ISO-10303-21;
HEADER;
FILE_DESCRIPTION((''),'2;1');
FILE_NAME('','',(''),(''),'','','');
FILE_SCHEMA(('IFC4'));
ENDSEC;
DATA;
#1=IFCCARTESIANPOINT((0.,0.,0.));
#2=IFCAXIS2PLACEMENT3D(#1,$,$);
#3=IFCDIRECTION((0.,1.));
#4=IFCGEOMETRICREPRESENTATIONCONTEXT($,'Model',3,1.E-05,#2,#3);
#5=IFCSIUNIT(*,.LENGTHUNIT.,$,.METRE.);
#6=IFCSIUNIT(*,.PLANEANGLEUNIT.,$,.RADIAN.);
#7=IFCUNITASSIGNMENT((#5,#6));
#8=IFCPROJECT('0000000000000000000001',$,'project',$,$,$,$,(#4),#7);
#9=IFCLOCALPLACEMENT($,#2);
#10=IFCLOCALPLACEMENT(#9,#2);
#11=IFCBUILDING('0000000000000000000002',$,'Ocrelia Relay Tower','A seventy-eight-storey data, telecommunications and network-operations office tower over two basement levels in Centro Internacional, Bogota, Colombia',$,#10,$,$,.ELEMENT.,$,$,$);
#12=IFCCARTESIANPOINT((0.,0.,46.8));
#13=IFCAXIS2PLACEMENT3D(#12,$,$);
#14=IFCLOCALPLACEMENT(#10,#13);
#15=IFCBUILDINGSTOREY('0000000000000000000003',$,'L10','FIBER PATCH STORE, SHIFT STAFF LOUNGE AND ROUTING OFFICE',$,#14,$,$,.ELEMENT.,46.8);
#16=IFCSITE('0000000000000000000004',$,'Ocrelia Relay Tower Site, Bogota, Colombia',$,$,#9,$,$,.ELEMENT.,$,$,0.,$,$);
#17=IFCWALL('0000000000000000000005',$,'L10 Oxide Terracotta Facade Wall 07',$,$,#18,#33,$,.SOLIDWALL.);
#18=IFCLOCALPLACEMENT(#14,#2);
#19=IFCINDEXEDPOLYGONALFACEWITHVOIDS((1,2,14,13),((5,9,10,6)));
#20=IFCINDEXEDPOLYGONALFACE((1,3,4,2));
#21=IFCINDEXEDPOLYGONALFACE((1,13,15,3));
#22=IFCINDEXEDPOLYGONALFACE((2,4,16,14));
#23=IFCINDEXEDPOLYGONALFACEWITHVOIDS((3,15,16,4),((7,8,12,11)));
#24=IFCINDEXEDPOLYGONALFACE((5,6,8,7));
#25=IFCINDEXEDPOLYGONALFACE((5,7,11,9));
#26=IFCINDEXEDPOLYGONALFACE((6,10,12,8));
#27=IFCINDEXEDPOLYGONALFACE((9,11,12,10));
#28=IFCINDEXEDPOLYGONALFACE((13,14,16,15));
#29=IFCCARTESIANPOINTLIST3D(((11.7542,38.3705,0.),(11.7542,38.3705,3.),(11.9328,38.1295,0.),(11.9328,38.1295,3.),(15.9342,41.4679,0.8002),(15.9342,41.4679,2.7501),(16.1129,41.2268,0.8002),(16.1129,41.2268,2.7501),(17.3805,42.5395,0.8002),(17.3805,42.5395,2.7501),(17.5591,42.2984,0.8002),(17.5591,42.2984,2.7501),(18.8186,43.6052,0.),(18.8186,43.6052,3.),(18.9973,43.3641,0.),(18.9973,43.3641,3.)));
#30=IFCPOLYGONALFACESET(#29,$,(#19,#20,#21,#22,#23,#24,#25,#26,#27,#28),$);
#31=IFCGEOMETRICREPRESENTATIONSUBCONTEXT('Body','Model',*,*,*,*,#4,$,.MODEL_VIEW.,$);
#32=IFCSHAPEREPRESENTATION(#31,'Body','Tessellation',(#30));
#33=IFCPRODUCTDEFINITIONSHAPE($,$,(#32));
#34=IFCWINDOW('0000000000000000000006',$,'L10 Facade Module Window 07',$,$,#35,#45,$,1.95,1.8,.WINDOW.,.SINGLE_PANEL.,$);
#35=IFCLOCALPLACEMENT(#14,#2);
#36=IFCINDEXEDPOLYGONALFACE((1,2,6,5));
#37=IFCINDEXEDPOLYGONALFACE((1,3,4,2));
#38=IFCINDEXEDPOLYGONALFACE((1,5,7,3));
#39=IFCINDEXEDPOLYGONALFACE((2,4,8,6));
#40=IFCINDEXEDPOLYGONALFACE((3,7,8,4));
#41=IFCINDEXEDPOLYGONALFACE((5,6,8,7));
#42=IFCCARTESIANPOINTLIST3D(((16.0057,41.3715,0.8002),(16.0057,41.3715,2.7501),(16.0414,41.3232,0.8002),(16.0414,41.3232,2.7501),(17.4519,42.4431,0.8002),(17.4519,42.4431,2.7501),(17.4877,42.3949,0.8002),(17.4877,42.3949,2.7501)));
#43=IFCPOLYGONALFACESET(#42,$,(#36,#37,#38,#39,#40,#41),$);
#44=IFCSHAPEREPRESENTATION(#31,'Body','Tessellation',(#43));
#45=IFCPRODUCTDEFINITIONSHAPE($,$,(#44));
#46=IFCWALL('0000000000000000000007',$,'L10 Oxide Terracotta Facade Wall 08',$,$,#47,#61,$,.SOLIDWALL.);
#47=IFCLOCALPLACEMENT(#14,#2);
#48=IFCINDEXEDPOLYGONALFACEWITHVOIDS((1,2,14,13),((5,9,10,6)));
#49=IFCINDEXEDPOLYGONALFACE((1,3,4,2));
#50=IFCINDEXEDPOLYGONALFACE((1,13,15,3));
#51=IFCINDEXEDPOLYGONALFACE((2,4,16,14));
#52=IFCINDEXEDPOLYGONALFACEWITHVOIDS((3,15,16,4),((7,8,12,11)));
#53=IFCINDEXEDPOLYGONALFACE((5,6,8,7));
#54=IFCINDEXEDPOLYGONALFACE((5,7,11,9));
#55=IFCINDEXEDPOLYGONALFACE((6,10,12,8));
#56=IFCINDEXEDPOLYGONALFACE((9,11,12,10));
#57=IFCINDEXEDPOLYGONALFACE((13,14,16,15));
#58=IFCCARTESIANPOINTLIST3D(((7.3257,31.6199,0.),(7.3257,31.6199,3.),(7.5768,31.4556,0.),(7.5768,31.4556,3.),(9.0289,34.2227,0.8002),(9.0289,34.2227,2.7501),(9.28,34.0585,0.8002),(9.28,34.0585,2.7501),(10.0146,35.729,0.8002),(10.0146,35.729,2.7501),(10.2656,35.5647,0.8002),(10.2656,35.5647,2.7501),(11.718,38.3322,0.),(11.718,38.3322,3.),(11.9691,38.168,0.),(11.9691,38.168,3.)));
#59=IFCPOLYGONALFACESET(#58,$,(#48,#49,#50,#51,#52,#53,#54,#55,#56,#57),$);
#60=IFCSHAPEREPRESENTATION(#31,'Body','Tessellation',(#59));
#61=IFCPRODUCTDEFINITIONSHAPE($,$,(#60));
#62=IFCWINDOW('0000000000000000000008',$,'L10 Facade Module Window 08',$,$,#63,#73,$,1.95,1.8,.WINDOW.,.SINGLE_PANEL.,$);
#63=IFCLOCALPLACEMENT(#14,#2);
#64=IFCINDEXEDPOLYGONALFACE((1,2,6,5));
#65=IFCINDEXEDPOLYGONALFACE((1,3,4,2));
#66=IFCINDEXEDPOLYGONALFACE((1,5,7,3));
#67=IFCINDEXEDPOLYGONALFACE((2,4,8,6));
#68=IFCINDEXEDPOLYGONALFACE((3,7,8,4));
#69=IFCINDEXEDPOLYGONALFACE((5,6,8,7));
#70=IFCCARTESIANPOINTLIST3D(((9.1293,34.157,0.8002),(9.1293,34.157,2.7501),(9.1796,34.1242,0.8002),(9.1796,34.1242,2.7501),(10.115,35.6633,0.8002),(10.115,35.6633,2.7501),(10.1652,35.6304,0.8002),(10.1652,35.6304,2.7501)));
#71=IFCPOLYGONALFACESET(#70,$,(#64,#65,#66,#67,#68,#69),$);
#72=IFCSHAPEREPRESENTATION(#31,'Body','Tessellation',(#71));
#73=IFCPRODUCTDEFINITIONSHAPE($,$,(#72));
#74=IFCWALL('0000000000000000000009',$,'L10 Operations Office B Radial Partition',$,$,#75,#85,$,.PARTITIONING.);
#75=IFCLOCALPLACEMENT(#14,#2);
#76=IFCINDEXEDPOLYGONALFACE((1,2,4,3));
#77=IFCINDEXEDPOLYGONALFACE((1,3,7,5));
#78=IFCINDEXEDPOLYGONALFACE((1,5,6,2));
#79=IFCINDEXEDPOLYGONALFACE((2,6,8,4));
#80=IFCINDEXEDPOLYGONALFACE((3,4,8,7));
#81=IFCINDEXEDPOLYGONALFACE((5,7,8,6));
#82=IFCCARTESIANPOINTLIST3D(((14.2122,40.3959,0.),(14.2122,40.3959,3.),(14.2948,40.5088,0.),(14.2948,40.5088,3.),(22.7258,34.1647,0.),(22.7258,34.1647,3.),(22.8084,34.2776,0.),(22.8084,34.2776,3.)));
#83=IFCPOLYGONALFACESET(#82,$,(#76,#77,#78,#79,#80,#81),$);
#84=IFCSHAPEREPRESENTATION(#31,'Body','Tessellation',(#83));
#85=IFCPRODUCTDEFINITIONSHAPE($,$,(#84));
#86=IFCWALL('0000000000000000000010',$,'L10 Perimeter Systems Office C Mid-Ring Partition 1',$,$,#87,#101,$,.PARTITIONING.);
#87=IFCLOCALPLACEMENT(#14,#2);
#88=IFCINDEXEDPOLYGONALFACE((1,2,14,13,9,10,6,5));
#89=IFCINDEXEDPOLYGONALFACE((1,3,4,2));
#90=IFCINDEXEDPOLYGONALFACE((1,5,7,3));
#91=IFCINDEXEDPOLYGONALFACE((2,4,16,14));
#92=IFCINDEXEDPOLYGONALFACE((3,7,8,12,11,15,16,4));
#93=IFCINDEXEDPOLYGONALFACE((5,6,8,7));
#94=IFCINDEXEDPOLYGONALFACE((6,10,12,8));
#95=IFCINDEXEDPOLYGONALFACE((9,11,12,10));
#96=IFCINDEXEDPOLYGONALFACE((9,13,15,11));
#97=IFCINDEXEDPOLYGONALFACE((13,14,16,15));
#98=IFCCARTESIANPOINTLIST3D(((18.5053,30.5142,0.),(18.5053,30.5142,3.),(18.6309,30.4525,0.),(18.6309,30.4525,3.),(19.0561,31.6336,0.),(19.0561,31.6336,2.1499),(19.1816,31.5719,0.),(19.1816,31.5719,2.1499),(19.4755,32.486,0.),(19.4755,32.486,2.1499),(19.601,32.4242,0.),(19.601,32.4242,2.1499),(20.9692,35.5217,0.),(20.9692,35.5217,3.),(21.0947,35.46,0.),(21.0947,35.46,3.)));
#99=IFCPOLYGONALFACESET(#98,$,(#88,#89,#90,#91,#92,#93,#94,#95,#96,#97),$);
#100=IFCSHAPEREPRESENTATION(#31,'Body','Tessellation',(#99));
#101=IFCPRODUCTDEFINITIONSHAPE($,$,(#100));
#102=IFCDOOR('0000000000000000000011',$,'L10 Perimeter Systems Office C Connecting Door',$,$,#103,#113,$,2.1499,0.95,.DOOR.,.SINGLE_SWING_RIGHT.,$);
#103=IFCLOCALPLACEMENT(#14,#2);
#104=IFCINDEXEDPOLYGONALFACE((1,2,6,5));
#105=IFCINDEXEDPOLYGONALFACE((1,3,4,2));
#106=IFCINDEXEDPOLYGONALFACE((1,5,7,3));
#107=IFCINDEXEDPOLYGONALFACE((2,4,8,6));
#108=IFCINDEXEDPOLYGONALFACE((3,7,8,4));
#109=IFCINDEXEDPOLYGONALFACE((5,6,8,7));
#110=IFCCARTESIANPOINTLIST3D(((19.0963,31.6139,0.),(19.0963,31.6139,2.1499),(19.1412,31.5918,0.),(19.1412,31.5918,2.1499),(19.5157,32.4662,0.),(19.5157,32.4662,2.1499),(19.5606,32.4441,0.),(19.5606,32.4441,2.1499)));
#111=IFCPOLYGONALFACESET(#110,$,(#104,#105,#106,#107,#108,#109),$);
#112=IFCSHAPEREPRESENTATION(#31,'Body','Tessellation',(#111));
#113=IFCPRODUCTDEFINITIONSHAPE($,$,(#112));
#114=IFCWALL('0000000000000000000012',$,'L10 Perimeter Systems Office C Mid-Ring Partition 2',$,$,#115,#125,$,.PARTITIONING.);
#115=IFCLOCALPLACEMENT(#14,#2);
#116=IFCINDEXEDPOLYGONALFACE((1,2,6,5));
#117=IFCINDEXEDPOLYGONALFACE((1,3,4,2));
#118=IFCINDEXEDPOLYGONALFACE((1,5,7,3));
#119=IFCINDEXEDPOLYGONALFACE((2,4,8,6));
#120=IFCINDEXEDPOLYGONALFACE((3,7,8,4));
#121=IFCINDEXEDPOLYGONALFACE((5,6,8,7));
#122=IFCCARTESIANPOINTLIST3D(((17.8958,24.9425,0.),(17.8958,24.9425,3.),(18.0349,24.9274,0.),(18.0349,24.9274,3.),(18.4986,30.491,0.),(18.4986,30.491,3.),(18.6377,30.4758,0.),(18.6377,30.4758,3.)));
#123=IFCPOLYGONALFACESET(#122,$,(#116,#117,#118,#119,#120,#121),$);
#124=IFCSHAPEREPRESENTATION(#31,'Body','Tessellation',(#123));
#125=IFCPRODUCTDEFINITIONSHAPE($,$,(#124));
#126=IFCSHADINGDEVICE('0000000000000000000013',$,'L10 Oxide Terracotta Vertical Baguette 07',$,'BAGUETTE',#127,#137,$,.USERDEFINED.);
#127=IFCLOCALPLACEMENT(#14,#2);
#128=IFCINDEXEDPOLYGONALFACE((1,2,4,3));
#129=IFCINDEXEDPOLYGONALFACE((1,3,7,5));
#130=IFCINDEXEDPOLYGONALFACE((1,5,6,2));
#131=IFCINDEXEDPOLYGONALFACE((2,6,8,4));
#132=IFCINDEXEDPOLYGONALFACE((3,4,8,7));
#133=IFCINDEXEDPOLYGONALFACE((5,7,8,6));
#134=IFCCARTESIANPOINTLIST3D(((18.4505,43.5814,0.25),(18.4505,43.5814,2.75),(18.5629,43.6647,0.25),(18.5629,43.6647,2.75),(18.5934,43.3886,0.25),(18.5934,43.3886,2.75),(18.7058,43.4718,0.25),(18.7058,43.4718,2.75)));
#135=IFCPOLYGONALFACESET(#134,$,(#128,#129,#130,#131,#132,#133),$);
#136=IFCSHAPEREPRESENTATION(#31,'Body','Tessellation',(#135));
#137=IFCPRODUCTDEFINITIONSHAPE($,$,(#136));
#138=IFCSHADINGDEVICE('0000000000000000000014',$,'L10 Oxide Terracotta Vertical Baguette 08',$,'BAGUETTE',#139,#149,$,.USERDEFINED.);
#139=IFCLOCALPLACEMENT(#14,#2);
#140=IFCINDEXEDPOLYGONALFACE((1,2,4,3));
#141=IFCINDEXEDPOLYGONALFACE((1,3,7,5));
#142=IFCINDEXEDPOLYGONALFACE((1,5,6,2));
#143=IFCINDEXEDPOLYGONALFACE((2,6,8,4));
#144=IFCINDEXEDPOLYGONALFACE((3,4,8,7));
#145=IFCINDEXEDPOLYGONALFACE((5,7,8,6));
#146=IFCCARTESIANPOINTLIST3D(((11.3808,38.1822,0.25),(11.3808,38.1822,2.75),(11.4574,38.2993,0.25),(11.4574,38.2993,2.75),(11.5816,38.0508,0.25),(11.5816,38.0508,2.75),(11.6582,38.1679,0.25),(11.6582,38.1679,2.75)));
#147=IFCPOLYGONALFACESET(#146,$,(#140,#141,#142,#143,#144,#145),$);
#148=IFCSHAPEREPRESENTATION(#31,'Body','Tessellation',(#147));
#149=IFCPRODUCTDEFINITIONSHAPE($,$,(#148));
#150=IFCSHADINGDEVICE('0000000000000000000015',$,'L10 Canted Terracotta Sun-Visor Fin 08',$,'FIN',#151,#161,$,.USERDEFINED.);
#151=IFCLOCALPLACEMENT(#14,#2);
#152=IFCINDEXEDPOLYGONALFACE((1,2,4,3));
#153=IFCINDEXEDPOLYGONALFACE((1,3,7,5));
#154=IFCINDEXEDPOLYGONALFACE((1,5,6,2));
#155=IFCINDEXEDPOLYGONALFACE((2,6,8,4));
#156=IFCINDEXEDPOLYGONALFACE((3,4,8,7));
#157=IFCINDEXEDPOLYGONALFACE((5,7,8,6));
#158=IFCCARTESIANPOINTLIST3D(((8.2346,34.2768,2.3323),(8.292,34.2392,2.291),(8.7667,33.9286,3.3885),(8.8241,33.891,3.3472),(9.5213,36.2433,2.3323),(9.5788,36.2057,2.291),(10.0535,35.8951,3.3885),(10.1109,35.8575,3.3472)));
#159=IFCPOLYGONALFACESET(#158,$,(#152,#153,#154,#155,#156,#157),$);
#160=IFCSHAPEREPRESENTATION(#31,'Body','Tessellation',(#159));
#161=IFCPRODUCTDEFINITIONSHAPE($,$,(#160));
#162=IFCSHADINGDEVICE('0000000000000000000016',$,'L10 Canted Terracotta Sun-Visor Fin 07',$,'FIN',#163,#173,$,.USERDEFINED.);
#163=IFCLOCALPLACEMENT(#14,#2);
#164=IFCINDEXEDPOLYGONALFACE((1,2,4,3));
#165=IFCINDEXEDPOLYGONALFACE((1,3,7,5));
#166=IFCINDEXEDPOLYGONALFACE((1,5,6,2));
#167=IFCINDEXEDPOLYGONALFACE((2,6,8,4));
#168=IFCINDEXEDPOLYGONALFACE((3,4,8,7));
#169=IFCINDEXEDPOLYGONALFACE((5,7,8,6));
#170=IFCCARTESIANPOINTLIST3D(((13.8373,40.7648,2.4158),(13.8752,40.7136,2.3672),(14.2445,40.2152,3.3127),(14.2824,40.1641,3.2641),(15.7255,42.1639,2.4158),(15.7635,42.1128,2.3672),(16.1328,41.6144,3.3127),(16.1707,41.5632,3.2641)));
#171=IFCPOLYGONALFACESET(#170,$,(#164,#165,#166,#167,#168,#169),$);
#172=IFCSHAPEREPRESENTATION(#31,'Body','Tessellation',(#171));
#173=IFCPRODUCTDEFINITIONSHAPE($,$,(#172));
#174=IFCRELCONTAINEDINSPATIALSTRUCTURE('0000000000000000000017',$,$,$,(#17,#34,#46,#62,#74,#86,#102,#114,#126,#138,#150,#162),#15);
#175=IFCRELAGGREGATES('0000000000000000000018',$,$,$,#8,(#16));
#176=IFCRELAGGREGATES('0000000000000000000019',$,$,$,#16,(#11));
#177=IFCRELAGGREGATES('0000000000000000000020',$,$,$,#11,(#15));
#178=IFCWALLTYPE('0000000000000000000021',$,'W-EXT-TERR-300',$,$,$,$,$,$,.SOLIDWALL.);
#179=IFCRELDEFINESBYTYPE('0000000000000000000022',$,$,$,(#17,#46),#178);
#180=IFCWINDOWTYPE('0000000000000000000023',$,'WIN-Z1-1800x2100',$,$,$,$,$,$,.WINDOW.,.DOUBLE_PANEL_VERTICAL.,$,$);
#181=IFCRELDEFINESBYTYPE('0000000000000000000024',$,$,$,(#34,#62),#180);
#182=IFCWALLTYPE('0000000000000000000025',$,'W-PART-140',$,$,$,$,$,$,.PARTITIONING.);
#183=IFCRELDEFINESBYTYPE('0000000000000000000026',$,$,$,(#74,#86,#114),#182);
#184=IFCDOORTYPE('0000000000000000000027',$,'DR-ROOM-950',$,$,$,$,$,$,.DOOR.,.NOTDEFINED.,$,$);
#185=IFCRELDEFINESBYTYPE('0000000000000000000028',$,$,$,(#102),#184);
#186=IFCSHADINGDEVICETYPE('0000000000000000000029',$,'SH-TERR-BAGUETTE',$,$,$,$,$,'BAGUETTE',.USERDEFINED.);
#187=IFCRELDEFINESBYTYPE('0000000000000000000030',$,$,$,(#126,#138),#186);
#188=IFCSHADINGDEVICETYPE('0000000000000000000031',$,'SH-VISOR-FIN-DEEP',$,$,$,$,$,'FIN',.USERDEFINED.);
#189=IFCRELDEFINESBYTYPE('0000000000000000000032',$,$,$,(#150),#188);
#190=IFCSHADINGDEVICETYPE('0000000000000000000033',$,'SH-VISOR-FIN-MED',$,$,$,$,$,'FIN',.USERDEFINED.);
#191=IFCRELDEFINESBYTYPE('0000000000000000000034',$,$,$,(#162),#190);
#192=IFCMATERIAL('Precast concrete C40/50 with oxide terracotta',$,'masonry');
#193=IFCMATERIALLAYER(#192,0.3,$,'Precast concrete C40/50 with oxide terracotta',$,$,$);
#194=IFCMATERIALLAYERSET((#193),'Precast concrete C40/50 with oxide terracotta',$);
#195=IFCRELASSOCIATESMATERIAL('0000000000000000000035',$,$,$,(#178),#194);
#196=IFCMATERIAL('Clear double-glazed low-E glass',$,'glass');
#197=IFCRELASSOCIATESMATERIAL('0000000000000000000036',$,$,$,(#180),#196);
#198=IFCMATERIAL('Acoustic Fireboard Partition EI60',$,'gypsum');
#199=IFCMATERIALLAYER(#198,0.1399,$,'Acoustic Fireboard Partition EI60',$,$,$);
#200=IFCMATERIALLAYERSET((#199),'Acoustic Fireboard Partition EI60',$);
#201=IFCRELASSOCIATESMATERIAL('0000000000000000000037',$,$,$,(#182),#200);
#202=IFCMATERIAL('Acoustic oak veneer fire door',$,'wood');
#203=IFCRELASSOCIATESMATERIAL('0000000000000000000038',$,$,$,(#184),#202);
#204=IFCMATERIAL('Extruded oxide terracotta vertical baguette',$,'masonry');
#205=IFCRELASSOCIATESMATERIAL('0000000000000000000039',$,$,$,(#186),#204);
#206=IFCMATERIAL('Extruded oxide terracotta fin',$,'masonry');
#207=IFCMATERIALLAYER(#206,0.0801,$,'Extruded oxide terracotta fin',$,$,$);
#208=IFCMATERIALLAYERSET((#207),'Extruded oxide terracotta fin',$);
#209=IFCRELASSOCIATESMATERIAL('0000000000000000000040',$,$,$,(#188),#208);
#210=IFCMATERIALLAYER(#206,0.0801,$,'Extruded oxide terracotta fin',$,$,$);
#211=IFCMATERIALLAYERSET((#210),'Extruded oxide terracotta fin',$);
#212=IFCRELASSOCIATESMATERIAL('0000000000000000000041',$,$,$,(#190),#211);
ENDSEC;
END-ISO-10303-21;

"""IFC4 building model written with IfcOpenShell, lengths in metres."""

from ifc_helpers import new_model, si_unit, direction, frame, frame_2d, origin, origin_2d, place, context, subcontext, project, spatial, rectangle, extrude, material, layer, layer_set, type_object, element, fill, save


model = new_model("IFC4")

# Units and contexts
model_context = context("Model", 3, precision=1e-05, world=origin(), true_north=direction((0.0, 1.0)))
body_context = subcontext(model_context, "Body", "Model", "MODEL_VIEW")
ifc_project = project(units=[si_unit("LENGTHUNIT", "METRE"), si_unit("PLANEANGLEUNIT", "RADIAN")], contexts=[model_context])

# Site, building, storey
site_placement = place(None, origin())
site = spatial("IfcSite", under=ifc_project, at=site_placement, Name="Ocrelia Relay Tower Site, Bogota, Colombia", CompositionType="ELEMENT", RefElevation=0.0)
building_placement = place(site_placement, origin())
building = spatial("IfcBuilding", under=site, at=building_placement, Name="Ocrelia Relay Tower", Description="A seventy-eight-storey data, telecommunications and network-operations office tower over two basement levels in Centro Internacional, Bogota, Colombia", CompositionType="ELEMENT")
storey_placement = place(building_placement, frame((0.0, 0.0, 46.8)))
storey = spatial("IfcBuildingStorey", under=building, at=storey_placement, Name="L10", Description="FIBER PATCH STORE, SHIFT STAFF LOUNGE AND ROUTING OFFICE", CompositionType="ELEMENT", Elevation=46.8)

# Walls, openings, windows
ifc_material_1 = material(Name="Precast concrete C40/50 with oxide terracotta", Category="masonry")
ifc_layer_1 = layer(ifc_material_1, 0.3, Name="Precast concrete C40/50 with oxide terracotta")
ifc_layer_set_1 = layer_set([ifc_layer_1], Name="Precast concrete C40/50 with oxide terracotta")
wall_type_1 = type_object("IfcWallType", Name="W-EXT-TERR-300", PredefinedType="SOLIDWALL", material=ifc_layer_set_1)
wall_1_placement = place(storey_placement, frame((18.908, 43.4846, 0.0), z_axis=(0.0, 0.0, 1.0), x_axis=(-0.803465, -0.595352, 0.0)))
wall_1 = element("IfcWall", 1, at=wall_1_placement, inside=storey, type_object=wall_type_1, Name="L10 Oxide Terracotta Facade Wall 07", PredefinedType="SOLIDWALL", context=body_context, shape_type="SweptSolid", body=[
    extrude(rectangle(XDim=8.7925, YDim=0.3, at=frame_2d((4.3962, 0.0))), origin(), (0.0, 0.0, 1.0), 3.0),
])
opening_1_placement = place(wall_1_placement, frame((1.79, 0.0, 0.8)))
opening_1 = element("IfcOpeningElement", 2, at=opening_1_placement, cuts=wall_1, PredefinedType="OPENING", context=body_context, shape_type="SweptSolid", body=[
    extrude(rectangle(XDim=1.8, YDim=1.95, at=frame_2d((0.8999, 0.9751))), frame((0.0, 0.1602, 0.0), z_axis=(0.0, -1.0, 0.0), x_axis=(1.0, 0.0, 0.0)), (0.0, 0.0, 1.0), 0.3201),
])
ifc_material_2 = material(Name="Clear double-glazed low-E glass", Category="glass")
window_type = type_object("IfcWindowType", Name="WIN-Z1-1800x2100", PartitioningType="DOUBLE_PANEL_VERTICAL", PredefinedType="WINDOW", material=ifc_material_2)
window_1_placement = place(opening_1_placement, origin())
window_1 = element("IfcWindow", 3, at=window_1_placement, inside=storey, type_object=window_type, Name="L10 Facade Module Window 07", OverallHeight=1.95, OverallWidth=1.8, PartitioningType="SINGLE_PANEL", PredefinedType="WINDOW", context=body_context, shape_type="SweptSolid", body=[
    extrude(rectangle(XDim=1.8, YDim=1.95, at=frame_2d((0.8999, 0.9751))), frame((0.0, 0.03, 0.0), z_axis=(0.0, -1.0, 0.0), x_axis=(1.0, 0.0, 0.0)), (0.0, 0.0, 1.0), 0.0601),
])
fill(opening_1, window_1)
wall_2_placement = place(storey_placement, frame((11.8435, 38.25, 0.0), z_axis=(0.0, 0.0, 1.0), x_axis=(-0.547551, -0.836772, 0.0)))
wall_2 = element("IfcWall", 4, at=wall_2_placement, inside=storey, type_object=wall_type_1, Name="L10 Oxide Terracotta Facade Wall 08", PredefinedType="SOLIDWALL", context=body_context, shape_type="SweptSolid", body=[
    extrude(rectangle(XDim=8.0217, YDim=0.3, at=frame_2d((4.0107, 0.0))), origin(), (0.0, 0.0, 1.0), 3.0),
])
opening_2_placement = place(wall_2_placement, frame((3.1111, 0.0, 0.8)))
opening_2 = element("IfcOpeningElement", 5, at=opening_2_placement, cuts=wall_2, PredefinedType="OPENING", context=body_context, shape_type="SweptSolid", body=[
    extrude(rectangle(XDim=1.8, YDim=1.95, at=frame_2d((0.8999, 0.9751))), frame((0.0, 0.1602, 0.0), z_axis=(0.0, -1.0, 0.0), x_axis=(1.0, 0.0, 0.0)), (0.0, 0.0, 1.0), 0.3201),
])
window_2_placement = place(opening_2_placement, origin())
window_2 = element("IfcWindow", 6, at=window_2_placement, inside=storey, type_object=window_type, Name="L10 Facade Module Window 08", OverallHeight=1.95, OverallWidth=1.8, PartitioningType="SINGLE_PANEL", PredefinedType="WINDOW", context=body_context, shape_type="SweptSolid", body=[
    extrude(rectangle(XDim=1.8, YDim=1.95, at=frame_2d((0.8999, 0.9751))), frame((0.0, 0.03, 0.0), z_axis=(0.0, -1.0, 0.0), x_axis=(1.0, 0.0, 0.0)), (0.0, 0.0, 1.0), 0.0601),
])
fill(opening_2, window_2)

# Wall
ifc_material_3 = material(Name="Acoustic Fireboard Partition EI60", Category="gypsum")
ifc_layer_2 = layer(ifc_material_3, 0.1399, Name="Acoustic Fireboard Partition EI60")
ifc_layer_set_2 = layer_set([ifc_layer_2], Name="Acoustic Fireboard Partition EI60")
wall_type_2 = type_object("IfcWallType", Name="W-PART-140", PredefinedType="PARTITIONING", material=ifc_layer_set_2)
wall_3_placement = place(storey_placement, frame((22.7671, 34.2212, 0.0), z_axis=(0.0, 0.0, 1.0), x_axis=(-0.806954, 0.590614, 0.0)))
element("IfcWall", 7, at=wall_3_placement, inside=storey, type_object=wall_type_2, Name="L10 Operations Office B Radial Partition", PredefinedType="PARTITIONING", context=body_context, shape_type="SweptSolid", body=[
    extrude(rectangle(XDim=10.5503, YDim=0.1399, at=frame_2d((5.2751, 0.0))), origin(), (0.0, 0.0, 1.0), 3.0),
])

# Wall, opening, door
wall_4_placement = place(storey_placement, frame((21.032, 35.491, 0.0), z_axis=(0.0, 0.0, 1.0), x_axis=(-0.441482, -0.89727, 0.0)))
wall_4 = element("IfcWall", 8, at=wall_4_placement, inside=storey, type_object=wall_type_2, Name="L10 Perimeter Systems Office C Mid-Ring Partition 1", PredefinedType="PARTITIONING", context=body_context, shape_type="SweptSolid", body=[
    extrude(rectangle(XDim=5.5808, YDim=0.1399, at=frame_2d((2.7905, 0.0))), origin(), (0.0, 0.0, 1.0), 3.0),
])
opening_3_placement = place(wall_4_placement, frame((3.3833, 0.0, 0.0)))
opening_3 = element("IfcOpeningElement", 9, at=opening_3_placement, cuts=wall_4, PredefinedType="OPENING", context=body_context, shape_type="SweptSolid", body=[
    extrude(rectangle(XDim=0.95, YDim=2.1499, at=frame_2d((0.4751, 1.075))), frame((0.0, 0.0801, 0.0), z_axis=(0.0, -1.0, 0.0), x_axis=(1.0, 0.0, 0.0)), (0.0, 0.0, 1.0), 0.1599),
])
ifc_material_4 = material(Name="Acoustic oak veneer fire door", Category="wood")
door_type = type_object("IfcDoorType", Name="DR-ROOM-950", OperationType="NOTDEFINED", PredefinedType="DOOR", material=ifc_material_4)
door_placement = place(opening_3_placement, origin())
door = element("IfcDoor", 10, at=door_placement, inside=storey, type_object=door_type, Name="L10 Perimeter Systems Office C Connecting Door", OperationType="SINGLE_SWING_RIGHT", OverallHeight=2.1499, OverallWidth=0.95, PredefinedType="DOOR", context=body_context, shape_type="SweptSolid", body=[
    extrude(rectangle(XDim=0.95, YDim=2.1499, at=frame_2d((0.4751, 1.075))), frame((0.0, 0.0249, 0.0), z_axis=(0.0, -1.0, 0.0), x_axis=(1.0, 0.0, 0.0)), (0.0, 0.0, 1.0), 0.05),
])
fill(opening_3, door)

# Wall
wall_5_placement = place(storey_placement, frame((18.5681, 30.4834, 0.0), z_axis=(0.0, 0.0, 1.0), x_axis=(-0.108007, -0.99415, 0.0)))
element("IfcWall", 11, at=wall_5_placement, inside=storey, type_object=wall_type_2, Name="L10 Perimeter Systems Office C Mid-Ring Partition 2", PredefinedType="PARTITIONING", context=body_context, shape_type="SweptSolid", body=[
    extrude(rectangle(XDim=5.5811, YDim=0.1399, at=frame_2d((2.7905, 0.0))), origin(), (0.0, 0.0, 1.0), 3.0),
])

# Shading devices
ifc_material_5 = material(Name="Extruded oxide terracotta vertical baguette", Category="masonry")
shading_device_type_1 = type_object("IfcShadingDeviceType", Name="SH-TERR-BAGUETTE", ElementType="BAGUETTE", PredefinedType="USERDEFINED", material=ifc_material_5)
for number, where, z_axis, x_axis, name in (
    (12, (18.5781, 43.5266, 0.25), (0.0, 0.0, 1.0), (-0.803467, -0.59535, 0.0), "L10 Oxide Terracotta Vertical Baguette 07"),
    (13, (11.5195, 38.175, 0.25), (0.0, 0.0, 1.0), (-0.547551, -0.836772, 0.0), "L10 Oxide Terracotta Vertical Baguette 08"),
):
    element("IfcShadingDevice", number, at=place(storey_placement, frame(where, z_axis=z_axis, x_axis=x_axis)), inside=storey, type_object=shading_device_type_1, Name=name, ObjectType="BAGUETTE", PredefinedType="USERDEFINED", context=body_context, shape_type="SweptSolid", body=[
        extrude(rectangle(XDim=0.1399, YDim=0.24, at=origin_2d()), origin(), (0.0, 0.0, 1.0), 2.5),
    ])
ifc_material_6 = material(Name="Extruded oxide terracotta fin", Category="masonry")
ifc_layer_3 = layer(ifc_material_6, 0.0801, Name="Extruded oxide terracotta fin")
ifc_layer_set_3 = layer_set([ifc_layer_3], Name="Extruded oxide terracotta fin")
shading_device_type_2 = type_object("IfcShadingDeviceType", Name="SH-VISOR-FIN-DEEP", ElementType="FIN", PredefinedType="USERDEFINED", material=ifc_layer_set_3)
shading_device_1_placement = place(storey_placement, frame((9.2014, 35.0483, 2.8191), z_axis=(-0.716878, 0.469096, 0.515786), x_axis=(-0.547551, -0.836772, 0.0)))
element("IfcShadingDevice", 14, at=shading_device_1_placement, inside=storey, type_object=shading_device_type_2, Name="L10 Canted Terracotta Sun-Visor Fin 08", ObjectType="FIN", PredefinedType="USERDEFINED", context=body_context, shape_type="SweptSolid", body=[
    extrude(rectangle(XDim=2.3501, YDim=1.2329, at=origin_2d()), origin(), (0.0, 0.0, 1.0), 0.0801),
])
ifc_layer_4 = layer(ifc_material_6, 0.0801, Name="Extruded oxide terracotta fin")
ifc_layer_set_4 = layer_set([ifc_layer_4], Name="Extruded oxide terracotta fin")
shading_device_type_3 = type_object("IfcShadingDeviceType", Name="SH-VISOR-FIN-MED", ElementType="FIN", PredefinedType="USERDEFINED", material=ifc_layer_set_4)
shading_device_2_placement = place(storey_placement, frame((15.0229, 41.1384, 2.8157), z_axis=(-0.473396, 0.638881, 0.606405), x_axis=(-0.803467, -0.59535, 0.0)))
element("IfcShadingDevice", 15, at=shading_device_2_placement, inside=storey, type_object=shading_device_type_3, Name="L10 Canted Terracotta Sun-Visor Fin 07", ObjectType="FIN", PredefinedType="USERDEFINED", context=body_context, shape_type="SweptSolid", body=[
    extrude(rectangle(XDim=2.3501, YDim=1.1279, at=origin_2d()), origin(), (0.0, 0.0, 1.0), 0.0801),
])

save(model, "model.ifc")
